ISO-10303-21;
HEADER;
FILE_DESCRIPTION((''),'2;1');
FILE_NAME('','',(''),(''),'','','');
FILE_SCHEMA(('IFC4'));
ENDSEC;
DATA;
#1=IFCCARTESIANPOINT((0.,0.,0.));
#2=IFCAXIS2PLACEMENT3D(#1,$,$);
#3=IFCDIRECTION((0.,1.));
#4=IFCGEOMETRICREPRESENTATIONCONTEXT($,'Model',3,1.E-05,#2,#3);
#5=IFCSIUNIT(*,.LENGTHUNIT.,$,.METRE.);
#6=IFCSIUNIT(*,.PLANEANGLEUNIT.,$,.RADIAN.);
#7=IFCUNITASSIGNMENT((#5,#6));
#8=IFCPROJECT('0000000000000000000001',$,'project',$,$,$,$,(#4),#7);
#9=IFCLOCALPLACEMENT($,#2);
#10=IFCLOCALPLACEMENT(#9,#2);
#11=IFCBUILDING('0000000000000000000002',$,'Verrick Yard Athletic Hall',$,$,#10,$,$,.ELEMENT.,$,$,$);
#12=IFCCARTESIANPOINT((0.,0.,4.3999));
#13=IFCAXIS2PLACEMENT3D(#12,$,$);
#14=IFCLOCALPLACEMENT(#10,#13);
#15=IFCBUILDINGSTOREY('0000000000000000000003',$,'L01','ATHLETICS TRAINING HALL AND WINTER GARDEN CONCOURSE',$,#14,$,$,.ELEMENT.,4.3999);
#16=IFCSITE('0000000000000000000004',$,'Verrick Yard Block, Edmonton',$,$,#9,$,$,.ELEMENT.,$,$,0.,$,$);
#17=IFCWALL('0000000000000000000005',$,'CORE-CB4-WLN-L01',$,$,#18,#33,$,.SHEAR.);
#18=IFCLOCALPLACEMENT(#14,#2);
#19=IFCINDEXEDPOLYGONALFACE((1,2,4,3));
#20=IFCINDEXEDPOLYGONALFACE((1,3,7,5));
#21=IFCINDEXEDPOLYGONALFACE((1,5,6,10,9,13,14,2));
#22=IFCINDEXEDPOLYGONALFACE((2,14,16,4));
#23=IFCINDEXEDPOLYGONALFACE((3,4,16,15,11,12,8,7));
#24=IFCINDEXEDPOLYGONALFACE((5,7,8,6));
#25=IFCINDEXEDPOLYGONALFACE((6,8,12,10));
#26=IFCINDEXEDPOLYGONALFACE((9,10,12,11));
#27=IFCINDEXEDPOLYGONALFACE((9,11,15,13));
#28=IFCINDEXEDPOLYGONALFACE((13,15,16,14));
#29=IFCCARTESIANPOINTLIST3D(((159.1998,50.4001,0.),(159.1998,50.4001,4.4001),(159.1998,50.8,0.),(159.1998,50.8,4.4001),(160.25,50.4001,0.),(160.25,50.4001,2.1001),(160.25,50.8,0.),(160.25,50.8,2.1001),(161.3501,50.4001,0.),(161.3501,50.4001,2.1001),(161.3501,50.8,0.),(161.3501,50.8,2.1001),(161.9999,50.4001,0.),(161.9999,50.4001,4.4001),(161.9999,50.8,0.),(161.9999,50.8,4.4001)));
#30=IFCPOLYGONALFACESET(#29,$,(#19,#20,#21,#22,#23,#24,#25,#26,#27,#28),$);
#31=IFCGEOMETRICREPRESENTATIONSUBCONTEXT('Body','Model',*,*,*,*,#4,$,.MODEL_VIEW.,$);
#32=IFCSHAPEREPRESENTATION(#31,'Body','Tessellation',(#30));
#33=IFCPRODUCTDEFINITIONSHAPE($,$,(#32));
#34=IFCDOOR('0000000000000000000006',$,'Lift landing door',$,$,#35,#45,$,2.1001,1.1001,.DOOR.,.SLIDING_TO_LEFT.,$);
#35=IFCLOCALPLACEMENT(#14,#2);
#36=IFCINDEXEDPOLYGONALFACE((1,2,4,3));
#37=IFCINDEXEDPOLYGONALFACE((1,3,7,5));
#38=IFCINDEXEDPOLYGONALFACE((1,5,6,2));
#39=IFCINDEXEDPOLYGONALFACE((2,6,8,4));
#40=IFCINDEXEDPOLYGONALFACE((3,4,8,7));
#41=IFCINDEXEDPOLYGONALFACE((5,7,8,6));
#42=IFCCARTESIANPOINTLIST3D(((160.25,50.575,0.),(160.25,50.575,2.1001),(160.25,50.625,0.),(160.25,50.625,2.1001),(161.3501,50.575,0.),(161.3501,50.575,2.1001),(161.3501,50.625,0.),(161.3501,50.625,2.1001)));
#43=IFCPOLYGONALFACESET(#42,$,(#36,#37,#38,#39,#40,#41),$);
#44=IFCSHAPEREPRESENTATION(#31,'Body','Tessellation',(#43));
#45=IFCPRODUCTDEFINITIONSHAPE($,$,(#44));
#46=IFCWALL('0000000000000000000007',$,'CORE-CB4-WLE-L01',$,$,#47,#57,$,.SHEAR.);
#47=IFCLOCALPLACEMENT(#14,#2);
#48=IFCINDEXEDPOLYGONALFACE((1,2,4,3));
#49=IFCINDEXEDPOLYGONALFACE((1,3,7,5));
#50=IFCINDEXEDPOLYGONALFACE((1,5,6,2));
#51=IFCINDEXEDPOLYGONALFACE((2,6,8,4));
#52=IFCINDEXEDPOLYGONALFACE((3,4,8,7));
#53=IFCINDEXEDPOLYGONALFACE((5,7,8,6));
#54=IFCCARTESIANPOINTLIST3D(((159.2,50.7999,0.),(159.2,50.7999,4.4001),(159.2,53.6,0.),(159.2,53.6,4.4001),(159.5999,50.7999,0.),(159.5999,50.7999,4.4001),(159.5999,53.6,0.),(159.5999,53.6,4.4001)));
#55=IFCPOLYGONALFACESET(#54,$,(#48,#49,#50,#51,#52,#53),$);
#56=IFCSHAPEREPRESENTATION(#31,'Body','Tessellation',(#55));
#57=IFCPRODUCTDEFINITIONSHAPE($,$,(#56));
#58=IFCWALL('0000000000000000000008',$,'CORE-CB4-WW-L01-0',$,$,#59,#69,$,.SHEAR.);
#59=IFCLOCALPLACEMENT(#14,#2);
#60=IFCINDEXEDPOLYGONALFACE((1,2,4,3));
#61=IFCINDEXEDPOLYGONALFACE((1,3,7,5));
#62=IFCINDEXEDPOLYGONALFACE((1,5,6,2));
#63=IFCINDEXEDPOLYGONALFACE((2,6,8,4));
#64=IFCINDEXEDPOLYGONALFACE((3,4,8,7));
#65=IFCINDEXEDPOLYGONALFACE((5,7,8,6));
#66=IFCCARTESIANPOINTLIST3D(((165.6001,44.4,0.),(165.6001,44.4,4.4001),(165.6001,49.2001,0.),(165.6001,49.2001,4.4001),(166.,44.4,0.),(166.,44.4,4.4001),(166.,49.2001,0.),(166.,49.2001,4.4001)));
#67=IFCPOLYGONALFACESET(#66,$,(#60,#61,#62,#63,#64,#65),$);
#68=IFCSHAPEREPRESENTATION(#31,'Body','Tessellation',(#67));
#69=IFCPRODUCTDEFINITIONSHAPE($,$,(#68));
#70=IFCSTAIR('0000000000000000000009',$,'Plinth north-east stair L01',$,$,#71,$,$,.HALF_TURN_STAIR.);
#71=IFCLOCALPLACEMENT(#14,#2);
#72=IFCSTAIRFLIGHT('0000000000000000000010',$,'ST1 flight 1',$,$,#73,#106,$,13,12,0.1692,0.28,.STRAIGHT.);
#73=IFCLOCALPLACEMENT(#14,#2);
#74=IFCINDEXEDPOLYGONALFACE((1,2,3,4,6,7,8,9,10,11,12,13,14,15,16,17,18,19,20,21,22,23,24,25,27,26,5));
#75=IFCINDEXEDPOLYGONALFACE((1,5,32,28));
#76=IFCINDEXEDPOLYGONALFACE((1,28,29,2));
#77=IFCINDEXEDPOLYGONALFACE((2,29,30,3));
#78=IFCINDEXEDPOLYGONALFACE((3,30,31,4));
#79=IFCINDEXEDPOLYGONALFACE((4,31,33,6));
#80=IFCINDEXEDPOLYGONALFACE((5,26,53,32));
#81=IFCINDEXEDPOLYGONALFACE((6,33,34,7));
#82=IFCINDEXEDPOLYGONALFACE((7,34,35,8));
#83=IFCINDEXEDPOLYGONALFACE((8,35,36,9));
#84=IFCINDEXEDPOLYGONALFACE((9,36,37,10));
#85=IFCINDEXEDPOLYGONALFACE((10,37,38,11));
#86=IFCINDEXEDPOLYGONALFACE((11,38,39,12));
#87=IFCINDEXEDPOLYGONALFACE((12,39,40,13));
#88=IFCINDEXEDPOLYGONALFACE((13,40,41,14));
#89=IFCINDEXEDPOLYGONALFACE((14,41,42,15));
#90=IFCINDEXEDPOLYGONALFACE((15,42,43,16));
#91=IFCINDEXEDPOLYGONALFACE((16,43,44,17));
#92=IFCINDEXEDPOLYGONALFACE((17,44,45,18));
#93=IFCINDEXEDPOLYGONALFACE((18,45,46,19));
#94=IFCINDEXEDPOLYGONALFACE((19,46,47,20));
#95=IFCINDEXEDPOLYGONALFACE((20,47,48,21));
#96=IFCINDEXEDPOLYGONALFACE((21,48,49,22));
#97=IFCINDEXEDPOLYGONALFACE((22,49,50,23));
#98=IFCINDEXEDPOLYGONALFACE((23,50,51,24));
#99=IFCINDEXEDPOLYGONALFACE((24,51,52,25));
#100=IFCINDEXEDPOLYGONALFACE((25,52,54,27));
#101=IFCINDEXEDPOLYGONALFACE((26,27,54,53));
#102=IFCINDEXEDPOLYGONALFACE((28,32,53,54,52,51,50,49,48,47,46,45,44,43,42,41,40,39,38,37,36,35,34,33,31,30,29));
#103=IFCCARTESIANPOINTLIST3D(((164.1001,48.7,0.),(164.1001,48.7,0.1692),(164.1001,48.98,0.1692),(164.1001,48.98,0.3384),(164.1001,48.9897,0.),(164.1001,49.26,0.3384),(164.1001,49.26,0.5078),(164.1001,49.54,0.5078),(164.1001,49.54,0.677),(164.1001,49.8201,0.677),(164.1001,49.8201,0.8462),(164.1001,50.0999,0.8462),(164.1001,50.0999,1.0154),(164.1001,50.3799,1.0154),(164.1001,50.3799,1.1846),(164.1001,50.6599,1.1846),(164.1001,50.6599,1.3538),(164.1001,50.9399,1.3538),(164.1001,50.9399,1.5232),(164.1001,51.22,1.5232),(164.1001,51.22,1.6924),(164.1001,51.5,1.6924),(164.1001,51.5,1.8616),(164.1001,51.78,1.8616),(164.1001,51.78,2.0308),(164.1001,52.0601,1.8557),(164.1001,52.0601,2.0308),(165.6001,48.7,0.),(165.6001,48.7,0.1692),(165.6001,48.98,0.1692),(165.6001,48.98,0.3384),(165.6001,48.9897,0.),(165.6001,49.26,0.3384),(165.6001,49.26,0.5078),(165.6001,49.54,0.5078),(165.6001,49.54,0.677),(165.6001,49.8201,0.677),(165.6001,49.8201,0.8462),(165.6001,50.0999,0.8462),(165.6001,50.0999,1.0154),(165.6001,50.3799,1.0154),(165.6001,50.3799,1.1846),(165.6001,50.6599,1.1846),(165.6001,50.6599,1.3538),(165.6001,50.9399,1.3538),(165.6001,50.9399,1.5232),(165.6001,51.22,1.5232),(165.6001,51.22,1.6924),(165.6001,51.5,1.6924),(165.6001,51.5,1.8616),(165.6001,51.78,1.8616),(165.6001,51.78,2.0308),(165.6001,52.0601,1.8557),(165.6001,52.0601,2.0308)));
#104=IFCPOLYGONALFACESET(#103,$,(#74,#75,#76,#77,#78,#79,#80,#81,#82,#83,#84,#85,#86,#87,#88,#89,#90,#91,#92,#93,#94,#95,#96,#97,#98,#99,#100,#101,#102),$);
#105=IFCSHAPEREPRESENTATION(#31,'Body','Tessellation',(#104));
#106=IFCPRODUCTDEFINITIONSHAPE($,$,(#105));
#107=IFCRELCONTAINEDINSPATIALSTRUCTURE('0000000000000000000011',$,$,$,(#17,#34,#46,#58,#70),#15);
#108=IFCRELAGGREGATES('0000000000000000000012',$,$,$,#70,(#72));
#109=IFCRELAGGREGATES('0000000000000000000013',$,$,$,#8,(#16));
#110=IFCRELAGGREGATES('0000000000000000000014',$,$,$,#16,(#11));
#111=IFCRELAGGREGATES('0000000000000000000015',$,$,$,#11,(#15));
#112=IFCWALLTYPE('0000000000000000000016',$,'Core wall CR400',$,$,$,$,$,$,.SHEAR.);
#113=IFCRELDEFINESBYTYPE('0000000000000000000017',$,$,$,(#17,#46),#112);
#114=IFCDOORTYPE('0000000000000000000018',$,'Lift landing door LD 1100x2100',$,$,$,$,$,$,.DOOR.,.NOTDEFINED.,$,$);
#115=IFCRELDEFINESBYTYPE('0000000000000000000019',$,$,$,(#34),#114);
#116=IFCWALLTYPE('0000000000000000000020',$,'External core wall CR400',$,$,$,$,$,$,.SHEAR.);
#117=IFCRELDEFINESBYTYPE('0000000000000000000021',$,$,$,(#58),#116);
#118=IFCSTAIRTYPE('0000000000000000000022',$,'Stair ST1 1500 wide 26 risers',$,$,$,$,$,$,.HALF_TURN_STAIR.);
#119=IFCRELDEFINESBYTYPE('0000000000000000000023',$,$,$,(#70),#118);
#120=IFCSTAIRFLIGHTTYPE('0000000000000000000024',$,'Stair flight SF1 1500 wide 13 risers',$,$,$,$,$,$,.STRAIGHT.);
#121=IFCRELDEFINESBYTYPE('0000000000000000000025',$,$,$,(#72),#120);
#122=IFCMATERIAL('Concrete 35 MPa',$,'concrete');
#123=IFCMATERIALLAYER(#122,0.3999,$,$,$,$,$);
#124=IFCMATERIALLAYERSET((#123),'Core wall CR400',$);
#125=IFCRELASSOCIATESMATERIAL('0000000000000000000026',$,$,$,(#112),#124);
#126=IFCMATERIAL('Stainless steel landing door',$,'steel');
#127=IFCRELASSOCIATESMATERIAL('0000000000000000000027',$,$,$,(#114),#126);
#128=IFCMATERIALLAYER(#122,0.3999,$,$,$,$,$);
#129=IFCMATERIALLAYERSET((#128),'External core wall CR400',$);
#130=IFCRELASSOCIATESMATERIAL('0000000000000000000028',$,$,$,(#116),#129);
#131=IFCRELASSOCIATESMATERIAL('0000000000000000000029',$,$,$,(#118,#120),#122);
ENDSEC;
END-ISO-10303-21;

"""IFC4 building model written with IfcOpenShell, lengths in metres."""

from ifc_helpers import new_model, si_unit, direction, frame, frame_2d, origin, place, context, subcontext, project, spatial, polyline, rectangle, outline, extrude, material, layer, layer_set, type_object, element, fill, aggregate, save


model = new_model("IFC4")

# Units and contexts
model_context = context("Model", 3, precision=1e-05, world=origin(), true_north=direction((0.0, 1.0)))
body_context = subcontext(model_context, "Body", "Model", "MODEL_VIEW")
ifc_project = project(units=[si_unit("LENGTHUNIT", "METRE"), si_unit("PLANEANGLEUNIT", "RADIAN")], contexts=[model_context])

# Site, building, storey
site_placement = place(None, origin())
site = spatial("IfcSite", under=ifc_project, at=site_placement, Name="Verrick Yard Block, Edmonton", CompositionType="ELEMENT", RefElevation=0.0)
building_placement = place(site_placement, origin())
building = spatial("IfcBuilding", under=site, at=building_placement, Name="Verrick Yard Athletic Hall", CompositionType="ELEMENT")
storey_placement = place(building_placement, frame((0.0, 0.0, 4.3999)))
storey = spatial("IfcBuildingStorey", under=building, at=storey_placement, Name="L01", Description="ATHLETICS TRAINING HALL AND WINTER GARDEN CONCOURSE", CompositionType="ELEMENT", Elevation=4.3999)

# Shared definitions
ifc_material_1 = material(Name="Concrete 35 MPa", Category="concrete")
ifc_layer_1 = layer(ifc_material_1, 0.3999)
ifc_layer_set_1 = layer_set([ifc_layer_1], Name="Core wall CR400")
wall_type_1 = type_object("IfcWallType", Name="Core wall CR400", PredefinedType="SHEAR", material=ifc_layer_set_1)

# Wall, opening, door
wall_1_placement = place(storey_placement, frame((159.2, 50.6001, 0.0), z_axis=(0.0, 0.0, 1.0), x_axis=(1.0, 0.0, 0.0)))
wall_1 = element("IfcWall", 1, at=wall_1_placement, inside=storey, type_object=wall_type_1, Name="CORE-CB4-WLN-L01", PredefinedType="SHEAR", context=body_context, shape_type="SweptSolid", body=[
    extrude(rectangle(XDim=2.8, YDim=0.3999, at=frame_2d((1.3999, 0.0))), origin(), (0.0, 0.0, 1.0), 4.4001),
])
opening_placement = place(wall_1_placement, frame((1.05, 0.0, 0.0)))
opening = element("IfcOpeningElement", 2, at=opening_placement, cuts=wall_1, PredefinedType="OPENING", context=body_context, shape_type="SweptSolid", body=[
    extrude(rectangle(XDim=1.1001, YDim=2.1001, at=frame_2d((0.55, 1.05))), frame((0.0, 0.21, 0.0), z_axis=(0.0, -1.0, 0.0), x_axis=(1.0, 0.0, 0.0)), (0.0, 0.0, 1.0), 0.4199),
])
ifc_material_2 = material(Name="Stainless steel landing door", Category="steel")
door_type = type_object("IfcDoorType", Name="Lift landing door LD 1100x2100", OperationType="NOTDEFINED", PredefinedType="DOOR", material=ifc_material_2)
door_placement = place(opening_placement, origin())
door = element("IfcDoor", 3, at=door_placement, inside=storey, type_object=door_type, Name="Lift landing door", OperationType="SLIDING_TO_LEFT", OverallHeight=2.1001, OverallWidth=1.1001, PredefinedType="DOOR", context=body_context, shape_type="SweptSolid", body=[
    extrude(rectangle(XDim=1.1001, YDim=2.1001, at=frame_2d((0.55, 1.05))), frame((0.0, 0.0249, 0.0), z_axis=(0.0, -1.0, 0.0), x_axis=(1.0, 0.0, 0.0)), (0.0, 0.0, 1.0), 0.05),
])
fill(opening, door)

# Walls
wall_2_placement = place(storey_placement, frame((159.3999, 50.8, 0.0), z_axis=(0.0, 0.0, 1.0), x_axis=(0.0, 1.0, 0.0)))
element("IfcWall", 4, at=wall_2_placement, inside=storey, type_object=wall_type_1, Name="CORE-CB4-WLE-L01", PredefinedType="SHEAR", context=body_context, shape_type="SweptSolid", body=[
    extrude(rectangle(XDim=2.8, YDim=0.3999, at=frame_2d((1.3999, 0.0))), origin(), (0.0, 0.0, 1.0), 4.4001),
])
ifc_layer_2 = layer(ifc_material_1, 0.3999)
ifc_layer_set_2 = layer_set([ifc_layer_2], Name="External core wall CR400")
wall_type_2 = type_object("IfcWallType", Name="External core wall CR400", PredefinedType="SHEAR", material=ifc_layer_set_2)
wall_3_placement = place(storey_placement, frame((165.8, 49.2, 0.0), z_axis=(0.0, 0.0, 1.0), x_axis=(0.0, -1.0, 0.0)))
element("IfcWall", 5, at=wall_3_placement, inside=storey, type_object=wall_type_2, Name="CORE-CB4-WW-L01-0", PredefinedType="SHEAR", context=body_context, shape_type="SweptSolid", body=[
    extrude(rectangle(XDim=4.8, YDim=0.3999, at=frame_2d((2.3999, 0.0))), origin(), (0.0, 0.0, 1.0), 4.4001),
])

# Stair, stair flight
stair_type = type_object("IfcStairType", Name="Stair ST1 1500 wide 26 risers", PredefinedType="HALF_TURN_STAIR", material=ifc_material_1)
stair_placement = place(storey_placement, origin())
stair = element("IfcStair", 6, at=stair_placement, inside=storey, type_object=stair_type, Name="Plinth north-east stair L01", PredefinedType="HALF_TURN_STAIR")
stair_flight_type = type_object("IfcStairFlightType", Name="Stair flight SF1 1500 wide 13 risers", PredefinedType="STRAIGHT", material=ifc_material_1)
stair_flight_placement = place(storey_placement, frame((164.8501, 48.7, 0.0), z_axis=(0.0, 0.0, 1.0), x_axis=(0.0, 1.0, 0.0)))
stair_flight = element("IfcStairFlight", 7, at=stair_flight_placement, type_object=stair_flight_type, Name="ST1 flight 1", NumberOfRisers=13, NumberOfTreads=12, PredefinedType="STRAIGHT", RiserHeight=0.1692, TreadLength=0.28, context=body_context, shape_type="SweptSolid", body=[
    extrude(outline(polyline([(0.0, 0.0), (0.0, 0.1692), (0.28, 0.1692), (0.28, 0.3384), (0.5601, 0.3384), (0.5601, 0.5078), (0.8401, 0.5078), (0.8401, 0.677), (1.1201, 0.677), (1.1201, 0.8462), (1.3999, 0.8462), (1.3999, 1.0154), (1.6799, 1.0154), (1.6799, 1.1846), (1.96, 1.1846), (1.96, 1.3538), (2.24, 1.3538), (2.24, 1.5232), (2.52, 1.5232), (2.52, 1.6924), (2.8, 1.6924), (2.8, 1.8616), (3.0801, 1.8616), (3.0801, 2.0308), (3.3601, 2.0308), (3.3601, 2.2), (3.3601, 1.8557), (0.2898, 0.0), (0.0, 0.0)])), frame((0.0, 0.75, 0.0), z_axis=(0.0, -1.0, 0.0), x_axis=(1.0, 0.0, 0.0)), (0.0, 0.0, 1.0), 1.5),
])
aggregate(stair, [stair_flight])

save(model, "model.ifc")
